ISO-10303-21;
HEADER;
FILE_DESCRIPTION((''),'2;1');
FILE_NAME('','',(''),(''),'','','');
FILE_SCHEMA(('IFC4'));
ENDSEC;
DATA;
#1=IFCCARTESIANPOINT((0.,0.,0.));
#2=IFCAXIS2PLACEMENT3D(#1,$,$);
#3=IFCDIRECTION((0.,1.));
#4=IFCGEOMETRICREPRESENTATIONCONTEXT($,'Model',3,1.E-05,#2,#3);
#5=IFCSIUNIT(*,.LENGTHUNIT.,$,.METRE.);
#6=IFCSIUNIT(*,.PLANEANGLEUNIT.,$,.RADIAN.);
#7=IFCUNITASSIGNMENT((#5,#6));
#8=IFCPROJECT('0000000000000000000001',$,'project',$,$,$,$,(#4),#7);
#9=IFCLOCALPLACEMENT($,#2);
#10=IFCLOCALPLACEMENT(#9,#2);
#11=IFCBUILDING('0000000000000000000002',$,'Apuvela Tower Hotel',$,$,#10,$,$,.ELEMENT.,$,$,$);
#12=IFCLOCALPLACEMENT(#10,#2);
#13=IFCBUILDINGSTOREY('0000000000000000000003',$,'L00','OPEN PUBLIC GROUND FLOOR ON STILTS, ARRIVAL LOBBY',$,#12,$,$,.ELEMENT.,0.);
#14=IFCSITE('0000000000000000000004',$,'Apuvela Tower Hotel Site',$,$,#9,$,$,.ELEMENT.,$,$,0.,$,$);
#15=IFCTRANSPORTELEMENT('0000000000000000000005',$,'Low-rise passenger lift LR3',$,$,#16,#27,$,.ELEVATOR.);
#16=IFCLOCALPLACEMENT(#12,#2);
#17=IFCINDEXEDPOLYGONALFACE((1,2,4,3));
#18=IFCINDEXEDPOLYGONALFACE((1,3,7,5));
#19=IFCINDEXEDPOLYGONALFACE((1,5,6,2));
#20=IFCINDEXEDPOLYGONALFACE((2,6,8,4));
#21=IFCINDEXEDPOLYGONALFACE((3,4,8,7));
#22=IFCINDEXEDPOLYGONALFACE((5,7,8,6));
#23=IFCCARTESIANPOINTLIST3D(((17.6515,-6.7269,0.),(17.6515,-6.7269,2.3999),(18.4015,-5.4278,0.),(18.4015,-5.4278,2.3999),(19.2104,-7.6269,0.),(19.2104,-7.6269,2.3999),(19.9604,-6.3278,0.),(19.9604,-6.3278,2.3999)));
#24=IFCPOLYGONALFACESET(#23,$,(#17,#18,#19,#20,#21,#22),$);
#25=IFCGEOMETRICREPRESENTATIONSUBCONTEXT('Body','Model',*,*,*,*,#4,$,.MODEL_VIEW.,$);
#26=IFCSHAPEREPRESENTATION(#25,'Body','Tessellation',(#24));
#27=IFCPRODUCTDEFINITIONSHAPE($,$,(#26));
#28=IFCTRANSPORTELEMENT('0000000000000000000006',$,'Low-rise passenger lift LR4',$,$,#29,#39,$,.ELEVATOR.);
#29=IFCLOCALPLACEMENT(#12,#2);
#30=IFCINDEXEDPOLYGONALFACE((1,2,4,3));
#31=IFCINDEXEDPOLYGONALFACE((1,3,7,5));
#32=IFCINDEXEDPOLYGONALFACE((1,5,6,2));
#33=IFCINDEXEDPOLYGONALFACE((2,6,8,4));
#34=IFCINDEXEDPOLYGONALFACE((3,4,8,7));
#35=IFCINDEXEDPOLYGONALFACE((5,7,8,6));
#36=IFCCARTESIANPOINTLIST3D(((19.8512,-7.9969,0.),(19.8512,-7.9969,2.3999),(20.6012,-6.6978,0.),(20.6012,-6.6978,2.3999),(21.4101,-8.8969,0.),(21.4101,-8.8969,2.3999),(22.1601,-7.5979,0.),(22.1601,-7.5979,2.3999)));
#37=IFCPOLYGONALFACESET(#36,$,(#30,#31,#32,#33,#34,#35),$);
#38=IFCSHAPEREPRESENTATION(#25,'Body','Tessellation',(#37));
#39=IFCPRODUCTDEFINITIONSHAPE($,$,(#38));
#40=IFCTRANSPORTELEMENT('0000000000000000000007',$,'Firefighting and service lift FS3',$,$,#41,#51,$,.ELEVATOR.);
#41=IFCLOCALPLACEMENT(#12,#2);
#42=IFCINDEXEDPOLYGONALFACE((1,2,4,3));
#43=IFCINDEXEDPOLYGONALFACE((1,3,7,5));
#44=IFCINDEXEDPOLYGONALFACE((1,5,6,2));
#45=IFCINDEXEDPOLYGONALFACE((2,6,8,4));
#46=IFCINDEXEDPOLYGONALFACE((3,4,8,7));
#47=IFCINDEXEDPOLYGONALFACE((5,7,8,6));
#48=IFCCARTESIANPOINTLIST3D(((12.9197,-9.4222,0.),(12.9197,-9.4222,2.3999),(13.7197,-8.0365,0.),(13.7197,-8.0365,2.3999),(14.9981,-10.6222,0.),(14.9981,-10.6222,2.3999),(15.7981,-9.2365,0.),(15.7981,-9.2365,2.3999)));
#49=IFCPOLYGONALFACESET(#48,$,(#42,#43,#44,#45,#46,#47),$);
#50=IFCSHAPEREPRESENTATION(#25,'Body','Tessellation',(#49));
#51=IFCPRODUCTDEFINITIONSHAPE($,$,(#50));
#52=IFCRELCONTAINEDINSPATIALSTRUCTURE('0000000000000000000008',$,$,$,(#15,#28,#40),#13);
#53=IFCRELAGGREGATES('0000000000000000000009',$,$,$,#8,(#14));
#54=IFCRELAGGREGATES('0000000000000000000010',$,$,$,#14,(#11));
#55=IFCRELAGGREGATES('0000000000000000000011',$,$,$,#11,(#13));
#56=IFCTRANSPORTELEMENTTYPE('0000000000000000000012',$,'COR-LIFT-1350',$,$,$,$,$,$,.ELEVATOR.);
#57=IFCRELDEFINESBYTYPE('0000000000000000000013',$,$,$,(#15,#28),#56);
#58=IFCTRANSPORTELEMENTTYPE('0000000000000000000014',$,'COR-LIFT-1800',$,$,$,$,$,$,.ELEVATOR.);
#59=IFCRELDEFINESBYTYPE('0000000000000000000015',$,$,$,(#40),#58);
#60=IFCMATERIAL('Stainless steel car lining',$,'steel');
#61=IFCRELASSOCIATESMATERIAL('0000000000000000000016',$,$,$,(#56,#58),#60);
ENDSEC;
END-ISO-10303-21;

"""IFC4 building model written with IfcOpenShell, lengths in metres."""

from ifc_helpers import new_model, si_unit, direction, frame, origin, origin_2d, place, context, subcontext, project, spatial, rectangle, extrude, material, type_object, element, save


model = new_model("IFC4")

# Units and contexts
model_context = context("Model", 3, precision=1e-05, world=origin(), true_north=direction((0.0, 1.0)))
body_context = subcontext(model_context, "Body", "Model", "MODEL_VIEW")
ifc_project = project(units=[si_unit("LENGTHUNIT", "METRE"), si_unit("PLANEANGLEUNIT", "RADIAN")], contexts=[model_context])

# Site, building, storey
site_placement = place(None, origin())
site = spatial("IfcSite", under=ifc_project, at=site_placement, Name="Apuvela Tower Hotel Site", CompositionType="ELEMENT", RefElevation=0.0)
building_placement = place(site_placement, origin())
building = spatial("IfcBuilding", under=site, at=building_placement, Name="Apuvela Tower Hotel", CompositionType="ELEMENT")
storey_placement = place(building_placement, origin())
storey = spatial("IfcBuildingStorey", under=building, at=storey_placement, Name="L00", Description="OPEN PUBLIC GROUND FLOOR ON STILTS, ARRIVAL LOBBY", CompositionType="ELEMENT", Elevation=0.0)

# Transport elements
ifc_material_1 = material(Name="Stainless steel car lining", Category="steel")
transport_element_type_1 = type_object("IfcTransportElementType", Name="COR-LIFT-1350", PredefinedType="ELEVATOR", material=ifc_material_1)
for number, where, z_axis, x_axis, name in (
    (1, (18.8059, -6.5273, 0.0), (0.0, 0.0, 1.0), (0.866025, -0.5, 0.0), "Low-rise passenger lift LR3"),
    (2, (21.0056, -7.7974, 0.0), (0.0, 0.0, 1.0), (0.866025, -0.5, 0.0), "Low-rise passenger lift LR4"),
):
    element("IfcTransportElement", number, at=place(storey_placement, frame(where, z_axis=z_axis, x_axis=x_axis)), inside=storey, type_object=transport_element_type_1, Name=name, PredefinedType="ELEVATOR", context=body_context, shape_type="SweptSolid", body=[
        extrude(rectangle(XDim=1.8, YDim=1.5, at=origin_2d()), origin(), (0.0, 0.0, 1.0), 2.3999),
    ])
transport_element_type_2 = type_object("IfcTransportElementType", Name="COR-LIFT-1800", PredefinedType="ELEVATOR", material=ifc_material_1)
transport_element_placement = place(storey_placement, frame((14.3589, -9.3293, 0.0), z_axis=(0.0, 0.0, 1.0), x_axis=(0.866025, -0.5, 0.0)))
element("IfcTransportElement", 3, at=transport_element_placement, inside=storey, type_object=transport_element_type_2, Name="Firefighting and service lift FS3", PredefinedType="ELEVATOR", context=body_context, shape_type="SweptSolid", body=[
    extrude(rectangle(XDim=2.3999, YDim=1.6001, at=origin_2d()), origin(), (0.0, 0.0, 1.0), 2.3999),
])

save(model, "model.ifc")
